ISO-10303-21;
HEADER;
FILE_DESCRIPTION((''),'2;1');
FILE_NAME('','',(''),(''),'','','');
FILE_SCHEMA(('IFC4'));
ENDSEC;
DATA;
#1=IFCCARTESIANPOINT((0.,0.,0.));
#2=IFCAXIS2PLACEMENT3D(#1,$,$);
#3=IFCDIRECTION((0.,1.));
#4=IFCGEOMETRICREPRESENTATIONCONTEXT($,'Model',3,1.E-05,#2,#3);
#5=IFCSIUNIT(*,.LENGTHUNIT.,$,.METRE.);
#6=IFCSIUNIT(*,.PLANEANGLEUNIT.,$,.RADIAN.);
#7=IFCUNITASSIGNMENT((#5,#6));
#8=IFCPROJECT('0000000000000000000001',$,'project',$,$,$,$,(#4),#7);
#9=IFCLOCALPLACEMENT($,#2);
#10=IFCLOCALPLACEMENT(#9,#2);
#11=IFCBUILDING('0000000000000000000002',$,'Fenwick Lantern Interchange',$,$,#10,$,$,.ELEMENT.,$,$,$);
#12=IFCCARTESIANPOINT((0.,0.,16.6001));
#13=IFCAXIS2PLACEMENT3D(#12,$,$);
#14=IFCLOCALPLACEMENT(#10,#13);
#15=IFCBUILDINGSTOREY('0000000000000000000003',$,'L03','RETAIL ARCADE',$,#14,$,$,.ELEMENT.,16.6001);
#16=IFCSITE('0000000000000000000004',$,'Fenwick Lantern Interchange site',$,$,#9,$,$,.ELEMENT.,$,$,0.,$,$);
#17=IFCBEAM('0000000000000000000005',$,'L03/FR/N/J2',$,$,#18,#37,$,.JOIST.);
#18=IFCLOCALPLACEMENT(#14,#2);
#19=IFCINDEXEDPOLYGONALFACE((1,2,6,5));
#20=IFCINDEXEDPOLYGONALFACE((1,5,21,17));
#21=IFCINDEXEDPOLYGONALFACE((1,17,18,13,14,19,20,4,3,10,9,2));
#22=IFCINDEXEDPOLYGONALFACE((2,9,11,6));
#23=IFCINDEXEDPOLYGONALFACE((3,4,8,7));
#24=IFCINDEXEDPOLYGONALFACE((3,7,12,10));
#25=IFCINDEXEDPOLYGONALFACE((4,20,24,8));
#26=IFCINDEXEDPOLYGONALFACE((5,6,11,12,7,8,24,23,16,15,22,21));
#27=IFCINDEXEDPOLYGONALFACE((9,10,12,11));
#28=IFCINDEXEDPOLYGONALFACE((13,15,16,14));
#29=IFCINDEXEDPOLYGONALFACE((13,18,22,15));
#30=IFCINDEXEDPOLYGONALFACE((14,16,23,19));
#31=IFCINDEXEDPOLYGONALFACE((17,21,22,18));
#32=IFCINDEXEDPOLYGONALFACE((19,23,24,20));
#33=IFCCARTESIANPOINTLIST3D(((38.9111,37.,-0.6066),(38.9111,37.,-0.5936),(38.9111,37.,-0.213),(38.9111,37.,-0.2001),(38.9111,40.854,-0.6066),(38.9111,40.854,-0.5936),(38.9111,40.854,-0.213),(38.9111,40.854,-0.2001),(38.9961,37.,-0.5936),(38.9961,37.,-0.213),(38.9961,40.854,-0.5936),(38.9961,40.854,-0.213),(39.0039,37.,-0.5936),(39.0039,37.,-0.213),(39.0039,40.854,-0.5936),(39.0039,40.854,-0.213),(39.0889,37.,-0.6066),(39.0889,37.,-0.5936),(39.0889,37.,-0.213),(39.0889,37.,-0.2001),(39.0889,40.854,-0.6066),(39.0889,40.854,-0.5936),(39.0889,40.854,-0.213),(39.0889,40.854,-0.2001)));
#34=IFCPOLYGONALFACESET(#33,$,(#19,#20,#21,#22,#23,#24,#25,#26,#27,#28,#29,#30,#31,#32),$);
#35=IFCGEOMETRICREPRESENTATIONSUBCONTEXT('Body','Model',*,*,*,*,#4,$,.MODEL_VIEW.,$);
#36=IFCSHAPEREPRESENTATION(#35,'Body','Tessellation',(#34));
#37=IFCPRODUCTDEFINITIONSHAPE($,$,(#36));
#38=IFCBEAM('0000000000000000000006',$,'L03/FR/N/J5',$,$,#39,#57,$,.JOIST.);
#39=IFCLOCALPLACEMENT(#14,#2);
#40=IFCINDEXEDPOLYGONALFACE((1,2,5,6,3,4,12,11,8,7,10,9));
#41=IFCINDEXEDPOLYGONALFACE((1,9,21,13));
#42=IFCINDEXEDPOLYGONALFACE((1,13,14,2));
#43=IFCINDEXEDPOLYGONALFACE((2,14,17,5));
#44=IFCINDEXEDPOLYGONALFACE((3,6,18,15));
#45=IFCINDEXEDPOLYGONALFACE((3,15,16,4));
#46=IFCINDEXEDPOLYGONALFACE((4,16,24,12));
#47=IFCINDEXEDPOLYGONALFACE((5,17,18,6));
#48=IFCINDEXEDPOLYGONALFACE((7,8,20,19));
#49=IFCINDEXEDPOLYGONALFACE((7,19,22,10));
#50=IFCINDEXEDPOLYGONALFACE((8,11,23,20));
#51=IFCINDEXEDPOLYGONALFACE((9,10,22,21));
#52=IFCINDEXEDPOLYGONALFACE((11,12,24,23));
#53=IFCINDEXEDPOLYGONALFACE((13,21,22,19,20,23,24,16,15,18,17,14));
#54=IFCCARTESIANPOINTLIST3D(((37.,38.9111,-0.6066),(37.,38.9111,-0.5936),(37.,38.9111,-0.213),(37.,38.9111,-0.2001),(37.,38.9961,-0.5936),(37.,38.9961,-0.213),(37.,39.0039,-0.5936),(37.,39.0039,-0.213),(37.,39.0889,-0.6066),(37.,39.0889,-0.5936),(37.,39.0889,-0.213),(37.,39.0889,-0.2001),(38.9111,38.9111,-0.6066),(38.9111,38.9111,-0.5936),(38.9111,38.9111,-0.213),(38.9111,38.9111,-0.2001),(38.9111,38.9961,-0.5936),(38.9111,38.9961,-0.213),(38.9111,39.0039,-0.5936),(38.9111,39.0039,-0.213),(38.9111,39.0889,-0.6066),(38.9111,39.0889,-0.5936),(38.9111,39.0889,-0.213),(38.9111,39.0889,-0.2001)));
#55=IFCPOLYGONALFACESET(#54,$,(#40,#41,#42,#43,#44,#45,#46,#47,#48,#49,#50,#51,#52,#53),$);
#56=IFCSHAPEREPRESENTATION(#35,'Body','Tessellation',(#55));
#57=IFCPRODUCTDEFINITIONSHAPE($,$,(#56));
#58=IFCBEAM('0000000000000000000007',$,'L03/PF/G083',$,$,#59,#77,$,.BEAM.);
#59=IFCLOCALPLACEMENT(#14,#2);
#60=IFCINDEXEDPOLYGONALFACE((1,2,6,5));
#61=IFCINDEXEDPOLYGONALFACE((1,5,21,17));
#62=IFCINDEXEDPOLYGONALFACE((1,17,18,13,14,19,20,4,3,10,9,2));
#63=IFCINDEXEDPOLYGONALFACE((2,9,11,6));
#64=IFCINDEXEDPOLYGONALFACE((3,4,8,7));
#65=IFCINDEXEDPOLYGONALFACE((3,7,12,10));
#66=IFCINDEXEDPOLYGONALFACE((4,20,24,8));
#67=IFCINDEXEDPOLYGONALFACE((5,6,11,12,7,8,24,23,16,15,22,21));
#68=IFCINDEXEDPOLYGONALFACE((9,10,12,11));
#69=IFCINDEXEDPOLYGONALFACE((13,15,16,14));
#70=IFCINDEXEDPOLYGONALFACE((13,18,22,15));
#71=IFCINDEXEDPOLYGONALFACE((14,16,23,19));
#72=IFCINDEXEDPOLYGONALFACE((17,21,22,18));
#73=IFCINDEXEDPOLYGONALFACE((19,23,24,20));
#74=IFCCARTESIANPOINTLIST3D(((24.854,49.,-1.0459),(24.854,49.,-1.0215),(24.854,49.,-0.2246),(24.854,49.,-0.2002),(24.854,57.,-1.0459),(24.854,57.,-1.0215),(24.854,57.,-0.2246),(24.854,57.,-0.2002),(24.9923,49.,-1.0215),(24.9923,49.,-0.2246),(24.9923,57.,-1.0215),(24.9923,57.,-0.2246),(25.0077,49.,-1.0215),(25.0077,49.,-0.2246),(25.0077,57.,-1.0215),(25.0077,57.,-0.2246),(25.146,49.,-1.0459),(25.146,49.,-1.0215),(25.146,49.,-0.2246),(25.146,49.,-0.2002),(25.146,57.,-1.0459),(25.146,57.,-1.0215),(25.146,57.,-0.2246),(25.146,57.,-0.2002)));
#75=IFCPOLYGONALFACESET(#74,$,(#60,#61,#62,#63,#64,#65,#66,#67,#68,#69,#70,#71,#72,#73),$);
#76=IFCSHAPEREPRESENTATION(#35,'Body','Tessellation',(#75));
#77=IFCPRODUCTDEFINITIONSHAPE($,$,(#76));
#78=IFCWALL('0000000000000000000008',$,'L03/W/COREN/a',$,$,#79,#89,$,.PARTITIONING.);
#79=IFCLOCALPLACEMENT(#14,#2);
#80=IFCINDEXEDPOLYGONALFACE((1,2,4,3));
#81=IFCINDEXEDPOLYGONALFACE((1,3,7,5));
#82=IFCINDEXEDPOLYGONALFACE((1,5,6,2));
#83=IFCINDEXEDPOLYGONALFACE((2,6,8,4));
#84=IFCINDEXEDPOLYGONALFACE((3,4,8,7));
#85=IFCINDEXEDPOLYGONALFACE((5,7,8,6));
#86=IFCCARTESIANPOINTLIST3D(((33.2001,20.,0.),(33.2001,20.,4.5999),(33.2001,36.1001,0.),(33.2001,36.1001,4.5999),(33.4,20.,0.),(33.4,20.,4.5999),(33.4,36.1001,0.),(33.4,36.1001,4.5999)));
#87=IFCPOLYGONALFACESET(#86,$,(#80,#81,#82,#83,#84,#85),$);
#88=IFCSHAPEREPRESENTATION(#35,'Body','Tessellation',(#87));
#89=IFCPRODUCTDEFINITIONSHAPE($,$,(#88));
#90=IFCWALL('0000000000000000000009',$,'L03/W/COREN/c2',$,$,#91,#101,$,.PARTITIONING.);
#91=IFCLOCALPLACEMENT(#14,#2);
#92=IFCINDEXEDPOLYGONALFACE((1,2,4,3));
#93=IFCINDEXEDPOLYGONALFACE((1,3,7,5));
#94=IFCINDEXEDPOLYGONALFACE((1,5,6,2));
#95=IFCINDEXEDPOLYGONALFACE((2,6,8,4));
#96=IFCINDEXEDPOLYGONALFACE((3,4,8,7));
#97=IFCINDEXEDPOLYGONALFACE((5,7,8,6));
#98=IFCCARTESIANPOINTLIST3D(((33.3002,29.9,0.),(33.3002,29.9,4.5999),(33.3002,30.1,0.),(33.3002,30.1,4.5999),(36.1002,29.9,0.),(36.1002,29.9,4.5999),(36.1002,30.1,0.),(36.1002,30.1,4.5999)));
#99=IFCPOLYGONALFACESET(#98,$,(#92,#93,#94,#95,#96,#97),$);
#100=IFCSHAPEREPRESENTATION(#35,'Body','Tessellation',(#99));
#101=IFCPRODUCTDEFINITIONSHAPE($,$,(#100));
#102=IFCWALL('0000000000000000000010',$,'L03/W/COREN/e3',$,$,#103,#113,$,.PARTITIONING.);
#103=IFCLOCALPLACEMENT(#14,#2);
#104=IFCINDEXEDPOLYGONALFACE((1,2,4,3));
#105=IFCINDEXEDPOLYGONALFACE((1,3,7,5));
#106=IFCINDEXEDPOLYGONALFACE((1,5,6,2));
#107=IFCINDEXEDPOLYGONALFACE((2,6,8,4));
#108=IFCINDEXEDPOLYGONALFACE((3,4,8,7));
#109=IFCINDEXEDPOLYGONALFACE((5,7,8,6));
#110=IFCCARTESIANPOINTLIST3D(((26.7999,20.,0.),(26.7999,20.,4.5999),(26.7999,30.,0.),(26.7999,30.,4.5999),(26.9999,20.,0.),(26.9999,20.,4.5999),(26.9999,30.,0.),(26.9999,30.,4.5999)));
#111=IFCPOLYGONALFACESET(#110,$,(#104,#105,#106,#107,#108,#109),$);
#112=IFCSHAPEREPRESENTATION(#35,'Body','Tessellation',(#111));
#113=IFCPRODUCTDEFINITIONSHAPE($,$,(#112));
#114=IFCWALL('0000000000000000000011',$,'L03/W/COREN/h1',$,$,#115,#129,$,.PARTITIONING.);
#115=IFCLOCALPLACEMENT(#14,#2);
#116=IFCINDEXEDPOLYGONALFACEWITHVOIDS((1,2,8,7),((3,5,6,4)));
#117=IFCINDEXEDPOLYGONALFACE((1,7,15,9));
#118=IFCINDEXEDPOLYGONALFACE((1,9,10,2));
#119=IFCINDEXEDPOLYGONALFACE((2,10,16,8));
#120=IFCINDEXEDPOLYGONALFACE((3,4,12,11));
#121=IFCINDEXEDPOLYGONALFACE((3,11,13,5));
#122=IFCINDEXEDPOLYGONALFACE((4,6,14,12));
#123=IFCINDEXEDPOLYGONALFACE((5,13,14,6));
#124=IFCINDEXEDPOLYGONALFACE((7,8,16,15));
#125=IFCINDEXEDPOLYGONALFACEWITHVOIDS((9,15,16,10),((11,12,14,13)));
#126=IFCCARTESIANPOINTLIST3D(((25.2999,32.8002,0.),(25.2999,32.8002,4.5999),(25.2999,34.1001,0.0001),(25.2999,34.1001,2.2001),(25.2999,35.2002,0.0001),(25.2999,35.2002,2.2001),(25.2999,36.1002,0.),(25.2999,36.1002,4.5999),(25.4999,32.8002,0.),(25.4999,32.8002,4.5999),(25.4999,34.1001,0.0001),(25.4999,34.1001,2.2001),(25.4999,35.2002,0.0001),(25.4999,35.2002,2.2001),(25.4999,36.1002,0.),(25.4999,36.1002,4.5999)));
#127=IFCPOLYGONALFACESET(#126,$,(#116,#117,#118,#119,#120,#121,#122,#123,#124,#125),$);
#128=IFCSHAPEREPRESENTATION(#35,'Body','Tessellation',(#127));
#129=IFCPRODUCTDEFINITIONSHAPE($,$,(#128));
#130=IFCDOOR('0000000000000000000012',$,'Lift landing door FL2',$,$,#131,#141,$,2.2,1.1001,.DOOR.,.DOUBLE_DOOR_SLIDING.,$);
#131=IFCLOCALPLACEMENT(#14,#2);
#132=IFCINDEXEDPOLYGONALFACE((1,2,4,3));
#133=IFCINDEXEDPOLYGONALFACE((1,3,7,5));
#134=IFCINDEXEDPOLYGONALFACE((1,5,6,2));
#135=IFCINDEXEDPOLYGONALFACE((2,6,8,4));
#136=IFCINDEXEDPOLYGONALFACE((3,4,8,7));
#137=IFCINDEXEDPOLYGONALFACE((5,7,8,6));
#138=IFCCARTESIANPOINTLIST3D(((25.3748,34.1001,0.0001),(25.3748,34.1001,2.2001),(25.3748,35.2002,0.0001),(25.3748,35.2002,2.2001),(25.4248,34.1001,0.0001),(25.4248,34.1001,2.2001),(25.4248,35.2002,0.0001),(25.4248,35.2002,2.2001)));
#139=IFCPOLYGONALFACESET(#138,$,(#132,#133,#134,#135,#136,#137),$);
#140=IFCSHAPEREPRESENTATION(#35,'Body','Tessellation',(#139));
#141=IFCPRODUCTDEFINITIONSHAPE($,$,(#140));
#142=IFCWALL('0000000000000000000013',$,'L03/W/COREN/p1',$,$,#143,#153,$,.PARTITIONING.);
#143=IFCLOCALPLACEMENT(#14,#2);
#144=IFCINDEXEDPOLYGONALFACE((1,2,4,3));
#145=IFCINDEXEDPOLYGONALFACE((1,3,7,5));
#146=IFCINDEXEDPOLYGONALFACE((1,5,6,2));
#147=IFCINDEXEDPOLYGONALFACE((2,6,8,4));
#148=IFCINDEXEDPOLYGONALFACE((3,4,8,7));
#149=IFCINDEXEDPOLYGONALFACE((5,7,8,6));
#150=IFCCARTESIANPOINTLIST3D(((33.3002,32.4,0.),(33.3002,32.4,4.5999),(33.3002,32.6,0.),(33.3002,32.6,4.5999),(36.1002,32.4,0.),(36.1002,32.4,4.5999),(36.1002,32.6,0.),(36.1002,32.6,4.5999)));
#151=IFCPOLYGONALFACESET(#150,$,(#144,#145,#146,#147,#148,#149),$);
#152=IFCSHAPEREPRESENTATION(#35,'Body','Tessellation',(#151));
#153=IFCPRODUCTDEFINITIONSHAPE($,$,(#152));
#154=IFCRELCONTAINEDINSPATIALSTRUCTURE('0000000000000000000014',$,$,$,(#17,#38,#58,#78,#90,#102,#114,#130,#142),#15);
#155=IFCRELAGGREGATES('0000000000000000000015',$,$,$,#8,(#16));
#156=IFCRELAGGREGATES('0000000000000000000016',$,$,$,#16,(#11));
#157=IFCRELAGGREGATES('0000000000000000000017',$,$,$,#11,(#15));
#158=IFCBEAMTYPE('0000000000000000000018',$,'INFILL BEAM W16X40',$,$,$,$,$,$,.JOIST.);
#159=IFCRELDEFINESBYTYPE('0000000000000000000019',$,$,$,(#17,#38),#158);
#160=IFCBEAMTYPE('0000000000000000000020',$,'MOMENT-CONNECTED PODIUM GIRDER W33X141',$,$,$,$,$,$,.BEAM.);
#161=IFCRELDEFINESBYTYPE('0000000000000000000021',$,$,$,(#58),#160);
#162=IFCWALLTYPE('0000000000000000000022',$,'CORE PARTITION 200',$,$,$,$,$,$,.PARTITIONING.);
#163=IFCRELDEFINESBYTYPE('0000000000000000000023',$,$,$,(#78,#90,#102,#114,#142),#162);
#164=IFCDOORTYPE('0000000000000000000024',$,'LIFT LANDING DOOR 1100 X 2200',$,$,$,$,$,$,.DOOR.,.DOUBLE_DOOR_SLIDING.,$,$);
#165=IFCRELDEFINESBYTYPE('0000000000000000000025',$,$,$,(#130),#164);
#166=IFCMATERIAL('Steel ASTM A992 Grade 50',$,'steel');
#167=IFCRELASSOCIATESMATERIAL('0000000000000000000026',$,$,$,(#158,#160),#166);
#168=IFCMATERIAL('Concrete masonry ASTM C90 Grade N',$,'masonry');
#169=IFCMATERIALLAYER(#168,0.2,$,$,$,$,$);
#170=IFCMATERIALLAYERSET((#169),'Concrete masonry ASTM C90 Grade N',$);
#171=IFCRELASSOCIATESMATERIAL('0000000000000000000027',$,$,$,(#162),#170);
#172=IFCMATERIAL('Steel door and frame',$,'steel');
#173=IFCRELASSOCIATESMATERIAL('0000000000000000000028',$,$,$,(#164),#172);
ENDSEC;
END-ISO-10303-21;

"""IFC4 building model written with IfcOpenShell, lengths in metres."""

from ifc_helpers import new_model, si_unit, direction, frame, frame_2d, origin, origin_2d, place, context, subcontext, project, spatial, rectangle, i_section, extrude, material, layer, layer_set, material_profile, profile_set, type_object, element, fill, save


model = new_model("IFC4")

# Units and contexts
model_context = context("Model", 3, precision=1e-05, world=origin(), true_north=direction((0.0, 1.0)))
body_context = subcontext(model_context, "Body", "Model", "MODEL_VIEW")
ifc_project = project(units=[si_unit("LENGTHUNIT", "METRE"), si_unit("PLANEANGLEUNIT", "RADIAN")], contexts=[model_context])

# Site, building, storey
site_placement = place(None, origin())
site = spatial("IfcSite", under=ifc_project, at=site_placement, Name="Fenwick Lantern Interchange site", CompositionType="ELEMENT", RefElevation=0.0)
building_placement = place(site_placement, origin())
building = spatial("IfcBuilding", under=site, at=building_placement, Name="Fenwick Lantern Interchange", CompositionType="ELEMENT")
storey_placement = place(building_placement, frame((0.0, 0.0, 16.6001)))
storey = spatial("IfcBuildingStorey", under=building, at=storey_placement, Name="L03", Description="RETAIL ARCADE", CompositionType="ELEMENT", Elevation=16.6001)

# Beams
ifc_material_1 = material(Name="Steel ASTM A992 Grade 50", Category="steel")
ifc_material_profile_1 = material_profile(ifc_material_1, i_section(OverallWidth=0.1777, OverallDepth=0.4065, WebThickness=0.0078, FlangeThickness=0.0129, at=origin_2d()), Name="W16X40")
ifc_profile_set_1 = profile_set([ifc_material_profile_1], Name="Steel ASTM A992 Grade 50")
beam_type_1 = type_object("IfcBeamType", Name="INFILL BEAM W16X40", PredefinedType="JOIST", material=ifc_profile_set_1)
beam_1_placement = place(storey_placement, frame((39.0, 40.854, -0.4033), z_axis=(0.0, -1.0, 0.0), x_axis=(1.0, 0.0, 0.0)))
element("IfcBeam", 1, at=beam_1_placement, inside=storey, type_object=beam_type_1, Name="L03/FR/N/J2", PredefinedType="JOIST", context=body_context, shape_type="SweptSolid", body=[
    extrude(i_section(OverallWidth=0.1777, OverallDepth=0.4065, WebThickness=0.0078, FlangeThickness=0.0129, at=origin_2d()), origin(), (0.0, 0.0, 1.0), 3.854),
])
beam_2_placement = place(storey_placement, frame((38.9111, 39.0, -0.4033), z_axis=(-1.0, 0.0, 0.0), x_axis=(0.0, -1.0, 0.0)))
element("IfcBeam", 2, at=beam_2_placement, inside=storey, type_object=beam_type_1, Name="L03/FR/N/J5", PredefinedType="JOIST", context=body_context, shape_type="SweptSolid", body=[
    extrude(i_section(OverallWidth=0.1777, OverallDepth=0.4065, WebThickness=0.0078, FlangeThickness=0.0129, at=origin_2d()), origin(), (0.0, 0.0, 1.0), 1.9111),
])
ifc_material_profile_2 = material_profile(ifc_material_1, i_section(OverallWidth=0.292, OverallDepth=0.8457, WebThickness=0.0154, FlangeThickness=0.0244, at=origin_2d()), Name="W33X141")
ifc_profile_set_2 = profile_set([ifc_material_profile_2], Name="Steel ASTM A992 Grade 50")
beam_type_2 = type_object("IfcBeamType", Name="MOMENT-CONNECTED PODIUM GIRDER W33X141", PredefinedType="BEAM", material=ifc_profile_set_2)
beam_3_placement = place(storey_placement, frame((25.0, 49.0, -0.623), z_axis=(0.0, 1.0, 0.0), x_axis=(-1.0, 0.0, 0.0)))
element("IfcBeam", 3, at=beam_3_placement, inside=storey, type_object=beam_type_2, Name="L03/PF/G083", PredefinedType="BEAM", context=body_context, shape_type="SweptSolid", body=[
    extrude(i_section(OverallWidth=0.292, OverallDepth=0.8457, WebThickness=0.0154, FlangeThickness=0.0244, at=origin_2d()), origin(), (0.0, 0.0, 1.0), 8.0),
])

# Walls
ifc_material_2 = material(Name="Concrete masonry ASTM C90 Grade N", Category="masonry")
ifc_layer_1 = layer(ifc_material_2, 0.2)
ifc_layer_set_1 = layer_set([ifc_layer_1], Name="Concrete masonry ASTM C90 Grade N")
wall_type_1 = type_object("IfcWallType", Name="CORE PARTITION 200", PredefinedType="PARTITIONING", material=ifc_layer_set_1)
wall_1_placement = place(storey_placement, frame((33.3, 36.1001, 0.0), z_axis=(0.0, 0.0, 1.0), x_axis=(0.0, -1.0, 0.0)))
element("IfcWall", 4, at=wall_1_placement, inside=storey, type_object=wall_type_1, Name="L03/W/COREN/a", PredefinedType="PARTITIONING", context=body_context, shape_type="SweptSolid", body=[
    extrude(rectangle(XDim=16.1001, YDim=0.2, at=frame_2d((8.05, 0.0))), origin(), (0.0, 0.0, 1.0), 4.5999),
])
wall_2_placement = place(storey_placement, frame((36.1001, 30.0, 0.0), z_axis=(0.0, 0.0, 1.0), x_axis=(-1.0, 0.0, 0.0)))
element("IfcWall", 5, at=wall_2_placement, inside=storey, type_object=wall_type_1, Name="L03/W/COREN/c2", PredefinedType="PARTITIONING", context=body_context, shape_type="SweptSolid", body=[
    extrude(rectangle(XDim=2.8, YDim=0.2, at=frame_2d((1.3999, 0.0))), origin(), (0.0, 0.0, 1.0), 4.5999),
])
wall_3_placement = place(storey_placement, frame((26.8999, 30.0, 0.0), z_axis=(0.0, 0.0, 1.0), x_axis=(0.0, -1.0, 0.0)))
element("IfcWall", 6, at=wall_3_placement, inside=storey, type_object=wall_type_1, Name="L03/W/COREN/e3", PredefinedType="PARTITIONING", context=body_context, shape_type="SweptSolid", body=[
    extrude(rectangle(XDim=10.0, YDim=0.2, at=frame_2d((5.0, 0.0))), origin(), (0.0, 0.0, 1.0), 4.5999),
])

# Wall, opening, door
wall_4_placement = place(storey_placement, frame((25.3999, 36.1001, 0.0), z_axis=(0.0, 0.0, 1.0), x_axis=(0.0, -1.0, 0.0)))
wall_4 = element("IfcWall", 7, at=wall_4_placement, inside=storey, type_object=wall_type_1, Name="L03/W/COREN/h1", PredefinedType="PARTITIONING", context=body_context, shape_type="SweptSolid", body=[
    extrude(rectangle(XDim=3.3, YDim=0.2, at=frame_2d((1.6499, 0.0))), origin(), (0.0, 0.0, 1.0), 4.5999),
])
opening_1_placement = place(wall_4_placement, frame((0.8999, 0.0, 0.0)))
opening_1 = element("IfcOpeningElement", 8, at=opening_1_placement, cuts=wall_4, PredefinedType="OPENING", context=body_context, shape_type="SweptSolid", body=[
    extrude(rectangle(XDim=1.1001, YDim=2.2, at=frame_2d((0.55, 1.1001))), frame((0.0, 0.1099, 0.0), z_axis=(0.0, -1.0, 0.0), x_axis=(1.0, 0.0, 0.0)), (0.0, 0.0, 1.0), 0.22),
])
ifc_material_3 = material(Name="Steel door and frame", Category="steel")
door_type_1 = type_object("IfcDoorType", Name="LIFT LANDING DOOR 1100 X 2200", OperationType="DOUBLE_DOOR_SLIDING", PredefinedType="DOOR", material=ifc_material_3)
door_1_placement = place(opening_1_placement, origin())
door_1 = element("IfcDoor", 9, at=door_1_placement, inside=storey, type_object=door_type_1, Name="Lift landing door FL2", OperationType="DOUBLE_DOOR_SLIDING", OverallHeight=2.2, OverallWidth=1.1001, PredefinedType="DOOR", context=body_context, shape_type="SweptSolid", body=[
    extrude(rectangle(XDim=1.1001, YDim=2.2, at=frame_2d((0.55, 1.1001))), frame((0.0, 0.0249, 0.0), z_axis=(0.0, -1.0, 0.0), x_axis=(1.0, 0.0, 0.0)), (0.0, 0.0, 1.0), 0.05),
])
fill(opening_1, door_1)

# Wall
wall_5_placement = place(storey_placement, frame((36.1001, 32.5, 0.0), z_axis=(0.0, 0.0, 1.0), x_axis=(-1.0, 0.0, 0.0)))
element("IfcWall", 10, at=wall_5_placement, inside=storey, type_object=wall_type_1, Name="L03/W/COREN/p1", PredefinedType="PARTITIONING", context=body_context, shape_type="SweptSolid", body=[
    extrude(rectangle(XDim=2.8, YDim=0.2, at=frame_2d((1.3999, 0.0))), origin(), (0.0, 0.0, 1.0), 4.5999),
])

save(model, "model.ifc")
